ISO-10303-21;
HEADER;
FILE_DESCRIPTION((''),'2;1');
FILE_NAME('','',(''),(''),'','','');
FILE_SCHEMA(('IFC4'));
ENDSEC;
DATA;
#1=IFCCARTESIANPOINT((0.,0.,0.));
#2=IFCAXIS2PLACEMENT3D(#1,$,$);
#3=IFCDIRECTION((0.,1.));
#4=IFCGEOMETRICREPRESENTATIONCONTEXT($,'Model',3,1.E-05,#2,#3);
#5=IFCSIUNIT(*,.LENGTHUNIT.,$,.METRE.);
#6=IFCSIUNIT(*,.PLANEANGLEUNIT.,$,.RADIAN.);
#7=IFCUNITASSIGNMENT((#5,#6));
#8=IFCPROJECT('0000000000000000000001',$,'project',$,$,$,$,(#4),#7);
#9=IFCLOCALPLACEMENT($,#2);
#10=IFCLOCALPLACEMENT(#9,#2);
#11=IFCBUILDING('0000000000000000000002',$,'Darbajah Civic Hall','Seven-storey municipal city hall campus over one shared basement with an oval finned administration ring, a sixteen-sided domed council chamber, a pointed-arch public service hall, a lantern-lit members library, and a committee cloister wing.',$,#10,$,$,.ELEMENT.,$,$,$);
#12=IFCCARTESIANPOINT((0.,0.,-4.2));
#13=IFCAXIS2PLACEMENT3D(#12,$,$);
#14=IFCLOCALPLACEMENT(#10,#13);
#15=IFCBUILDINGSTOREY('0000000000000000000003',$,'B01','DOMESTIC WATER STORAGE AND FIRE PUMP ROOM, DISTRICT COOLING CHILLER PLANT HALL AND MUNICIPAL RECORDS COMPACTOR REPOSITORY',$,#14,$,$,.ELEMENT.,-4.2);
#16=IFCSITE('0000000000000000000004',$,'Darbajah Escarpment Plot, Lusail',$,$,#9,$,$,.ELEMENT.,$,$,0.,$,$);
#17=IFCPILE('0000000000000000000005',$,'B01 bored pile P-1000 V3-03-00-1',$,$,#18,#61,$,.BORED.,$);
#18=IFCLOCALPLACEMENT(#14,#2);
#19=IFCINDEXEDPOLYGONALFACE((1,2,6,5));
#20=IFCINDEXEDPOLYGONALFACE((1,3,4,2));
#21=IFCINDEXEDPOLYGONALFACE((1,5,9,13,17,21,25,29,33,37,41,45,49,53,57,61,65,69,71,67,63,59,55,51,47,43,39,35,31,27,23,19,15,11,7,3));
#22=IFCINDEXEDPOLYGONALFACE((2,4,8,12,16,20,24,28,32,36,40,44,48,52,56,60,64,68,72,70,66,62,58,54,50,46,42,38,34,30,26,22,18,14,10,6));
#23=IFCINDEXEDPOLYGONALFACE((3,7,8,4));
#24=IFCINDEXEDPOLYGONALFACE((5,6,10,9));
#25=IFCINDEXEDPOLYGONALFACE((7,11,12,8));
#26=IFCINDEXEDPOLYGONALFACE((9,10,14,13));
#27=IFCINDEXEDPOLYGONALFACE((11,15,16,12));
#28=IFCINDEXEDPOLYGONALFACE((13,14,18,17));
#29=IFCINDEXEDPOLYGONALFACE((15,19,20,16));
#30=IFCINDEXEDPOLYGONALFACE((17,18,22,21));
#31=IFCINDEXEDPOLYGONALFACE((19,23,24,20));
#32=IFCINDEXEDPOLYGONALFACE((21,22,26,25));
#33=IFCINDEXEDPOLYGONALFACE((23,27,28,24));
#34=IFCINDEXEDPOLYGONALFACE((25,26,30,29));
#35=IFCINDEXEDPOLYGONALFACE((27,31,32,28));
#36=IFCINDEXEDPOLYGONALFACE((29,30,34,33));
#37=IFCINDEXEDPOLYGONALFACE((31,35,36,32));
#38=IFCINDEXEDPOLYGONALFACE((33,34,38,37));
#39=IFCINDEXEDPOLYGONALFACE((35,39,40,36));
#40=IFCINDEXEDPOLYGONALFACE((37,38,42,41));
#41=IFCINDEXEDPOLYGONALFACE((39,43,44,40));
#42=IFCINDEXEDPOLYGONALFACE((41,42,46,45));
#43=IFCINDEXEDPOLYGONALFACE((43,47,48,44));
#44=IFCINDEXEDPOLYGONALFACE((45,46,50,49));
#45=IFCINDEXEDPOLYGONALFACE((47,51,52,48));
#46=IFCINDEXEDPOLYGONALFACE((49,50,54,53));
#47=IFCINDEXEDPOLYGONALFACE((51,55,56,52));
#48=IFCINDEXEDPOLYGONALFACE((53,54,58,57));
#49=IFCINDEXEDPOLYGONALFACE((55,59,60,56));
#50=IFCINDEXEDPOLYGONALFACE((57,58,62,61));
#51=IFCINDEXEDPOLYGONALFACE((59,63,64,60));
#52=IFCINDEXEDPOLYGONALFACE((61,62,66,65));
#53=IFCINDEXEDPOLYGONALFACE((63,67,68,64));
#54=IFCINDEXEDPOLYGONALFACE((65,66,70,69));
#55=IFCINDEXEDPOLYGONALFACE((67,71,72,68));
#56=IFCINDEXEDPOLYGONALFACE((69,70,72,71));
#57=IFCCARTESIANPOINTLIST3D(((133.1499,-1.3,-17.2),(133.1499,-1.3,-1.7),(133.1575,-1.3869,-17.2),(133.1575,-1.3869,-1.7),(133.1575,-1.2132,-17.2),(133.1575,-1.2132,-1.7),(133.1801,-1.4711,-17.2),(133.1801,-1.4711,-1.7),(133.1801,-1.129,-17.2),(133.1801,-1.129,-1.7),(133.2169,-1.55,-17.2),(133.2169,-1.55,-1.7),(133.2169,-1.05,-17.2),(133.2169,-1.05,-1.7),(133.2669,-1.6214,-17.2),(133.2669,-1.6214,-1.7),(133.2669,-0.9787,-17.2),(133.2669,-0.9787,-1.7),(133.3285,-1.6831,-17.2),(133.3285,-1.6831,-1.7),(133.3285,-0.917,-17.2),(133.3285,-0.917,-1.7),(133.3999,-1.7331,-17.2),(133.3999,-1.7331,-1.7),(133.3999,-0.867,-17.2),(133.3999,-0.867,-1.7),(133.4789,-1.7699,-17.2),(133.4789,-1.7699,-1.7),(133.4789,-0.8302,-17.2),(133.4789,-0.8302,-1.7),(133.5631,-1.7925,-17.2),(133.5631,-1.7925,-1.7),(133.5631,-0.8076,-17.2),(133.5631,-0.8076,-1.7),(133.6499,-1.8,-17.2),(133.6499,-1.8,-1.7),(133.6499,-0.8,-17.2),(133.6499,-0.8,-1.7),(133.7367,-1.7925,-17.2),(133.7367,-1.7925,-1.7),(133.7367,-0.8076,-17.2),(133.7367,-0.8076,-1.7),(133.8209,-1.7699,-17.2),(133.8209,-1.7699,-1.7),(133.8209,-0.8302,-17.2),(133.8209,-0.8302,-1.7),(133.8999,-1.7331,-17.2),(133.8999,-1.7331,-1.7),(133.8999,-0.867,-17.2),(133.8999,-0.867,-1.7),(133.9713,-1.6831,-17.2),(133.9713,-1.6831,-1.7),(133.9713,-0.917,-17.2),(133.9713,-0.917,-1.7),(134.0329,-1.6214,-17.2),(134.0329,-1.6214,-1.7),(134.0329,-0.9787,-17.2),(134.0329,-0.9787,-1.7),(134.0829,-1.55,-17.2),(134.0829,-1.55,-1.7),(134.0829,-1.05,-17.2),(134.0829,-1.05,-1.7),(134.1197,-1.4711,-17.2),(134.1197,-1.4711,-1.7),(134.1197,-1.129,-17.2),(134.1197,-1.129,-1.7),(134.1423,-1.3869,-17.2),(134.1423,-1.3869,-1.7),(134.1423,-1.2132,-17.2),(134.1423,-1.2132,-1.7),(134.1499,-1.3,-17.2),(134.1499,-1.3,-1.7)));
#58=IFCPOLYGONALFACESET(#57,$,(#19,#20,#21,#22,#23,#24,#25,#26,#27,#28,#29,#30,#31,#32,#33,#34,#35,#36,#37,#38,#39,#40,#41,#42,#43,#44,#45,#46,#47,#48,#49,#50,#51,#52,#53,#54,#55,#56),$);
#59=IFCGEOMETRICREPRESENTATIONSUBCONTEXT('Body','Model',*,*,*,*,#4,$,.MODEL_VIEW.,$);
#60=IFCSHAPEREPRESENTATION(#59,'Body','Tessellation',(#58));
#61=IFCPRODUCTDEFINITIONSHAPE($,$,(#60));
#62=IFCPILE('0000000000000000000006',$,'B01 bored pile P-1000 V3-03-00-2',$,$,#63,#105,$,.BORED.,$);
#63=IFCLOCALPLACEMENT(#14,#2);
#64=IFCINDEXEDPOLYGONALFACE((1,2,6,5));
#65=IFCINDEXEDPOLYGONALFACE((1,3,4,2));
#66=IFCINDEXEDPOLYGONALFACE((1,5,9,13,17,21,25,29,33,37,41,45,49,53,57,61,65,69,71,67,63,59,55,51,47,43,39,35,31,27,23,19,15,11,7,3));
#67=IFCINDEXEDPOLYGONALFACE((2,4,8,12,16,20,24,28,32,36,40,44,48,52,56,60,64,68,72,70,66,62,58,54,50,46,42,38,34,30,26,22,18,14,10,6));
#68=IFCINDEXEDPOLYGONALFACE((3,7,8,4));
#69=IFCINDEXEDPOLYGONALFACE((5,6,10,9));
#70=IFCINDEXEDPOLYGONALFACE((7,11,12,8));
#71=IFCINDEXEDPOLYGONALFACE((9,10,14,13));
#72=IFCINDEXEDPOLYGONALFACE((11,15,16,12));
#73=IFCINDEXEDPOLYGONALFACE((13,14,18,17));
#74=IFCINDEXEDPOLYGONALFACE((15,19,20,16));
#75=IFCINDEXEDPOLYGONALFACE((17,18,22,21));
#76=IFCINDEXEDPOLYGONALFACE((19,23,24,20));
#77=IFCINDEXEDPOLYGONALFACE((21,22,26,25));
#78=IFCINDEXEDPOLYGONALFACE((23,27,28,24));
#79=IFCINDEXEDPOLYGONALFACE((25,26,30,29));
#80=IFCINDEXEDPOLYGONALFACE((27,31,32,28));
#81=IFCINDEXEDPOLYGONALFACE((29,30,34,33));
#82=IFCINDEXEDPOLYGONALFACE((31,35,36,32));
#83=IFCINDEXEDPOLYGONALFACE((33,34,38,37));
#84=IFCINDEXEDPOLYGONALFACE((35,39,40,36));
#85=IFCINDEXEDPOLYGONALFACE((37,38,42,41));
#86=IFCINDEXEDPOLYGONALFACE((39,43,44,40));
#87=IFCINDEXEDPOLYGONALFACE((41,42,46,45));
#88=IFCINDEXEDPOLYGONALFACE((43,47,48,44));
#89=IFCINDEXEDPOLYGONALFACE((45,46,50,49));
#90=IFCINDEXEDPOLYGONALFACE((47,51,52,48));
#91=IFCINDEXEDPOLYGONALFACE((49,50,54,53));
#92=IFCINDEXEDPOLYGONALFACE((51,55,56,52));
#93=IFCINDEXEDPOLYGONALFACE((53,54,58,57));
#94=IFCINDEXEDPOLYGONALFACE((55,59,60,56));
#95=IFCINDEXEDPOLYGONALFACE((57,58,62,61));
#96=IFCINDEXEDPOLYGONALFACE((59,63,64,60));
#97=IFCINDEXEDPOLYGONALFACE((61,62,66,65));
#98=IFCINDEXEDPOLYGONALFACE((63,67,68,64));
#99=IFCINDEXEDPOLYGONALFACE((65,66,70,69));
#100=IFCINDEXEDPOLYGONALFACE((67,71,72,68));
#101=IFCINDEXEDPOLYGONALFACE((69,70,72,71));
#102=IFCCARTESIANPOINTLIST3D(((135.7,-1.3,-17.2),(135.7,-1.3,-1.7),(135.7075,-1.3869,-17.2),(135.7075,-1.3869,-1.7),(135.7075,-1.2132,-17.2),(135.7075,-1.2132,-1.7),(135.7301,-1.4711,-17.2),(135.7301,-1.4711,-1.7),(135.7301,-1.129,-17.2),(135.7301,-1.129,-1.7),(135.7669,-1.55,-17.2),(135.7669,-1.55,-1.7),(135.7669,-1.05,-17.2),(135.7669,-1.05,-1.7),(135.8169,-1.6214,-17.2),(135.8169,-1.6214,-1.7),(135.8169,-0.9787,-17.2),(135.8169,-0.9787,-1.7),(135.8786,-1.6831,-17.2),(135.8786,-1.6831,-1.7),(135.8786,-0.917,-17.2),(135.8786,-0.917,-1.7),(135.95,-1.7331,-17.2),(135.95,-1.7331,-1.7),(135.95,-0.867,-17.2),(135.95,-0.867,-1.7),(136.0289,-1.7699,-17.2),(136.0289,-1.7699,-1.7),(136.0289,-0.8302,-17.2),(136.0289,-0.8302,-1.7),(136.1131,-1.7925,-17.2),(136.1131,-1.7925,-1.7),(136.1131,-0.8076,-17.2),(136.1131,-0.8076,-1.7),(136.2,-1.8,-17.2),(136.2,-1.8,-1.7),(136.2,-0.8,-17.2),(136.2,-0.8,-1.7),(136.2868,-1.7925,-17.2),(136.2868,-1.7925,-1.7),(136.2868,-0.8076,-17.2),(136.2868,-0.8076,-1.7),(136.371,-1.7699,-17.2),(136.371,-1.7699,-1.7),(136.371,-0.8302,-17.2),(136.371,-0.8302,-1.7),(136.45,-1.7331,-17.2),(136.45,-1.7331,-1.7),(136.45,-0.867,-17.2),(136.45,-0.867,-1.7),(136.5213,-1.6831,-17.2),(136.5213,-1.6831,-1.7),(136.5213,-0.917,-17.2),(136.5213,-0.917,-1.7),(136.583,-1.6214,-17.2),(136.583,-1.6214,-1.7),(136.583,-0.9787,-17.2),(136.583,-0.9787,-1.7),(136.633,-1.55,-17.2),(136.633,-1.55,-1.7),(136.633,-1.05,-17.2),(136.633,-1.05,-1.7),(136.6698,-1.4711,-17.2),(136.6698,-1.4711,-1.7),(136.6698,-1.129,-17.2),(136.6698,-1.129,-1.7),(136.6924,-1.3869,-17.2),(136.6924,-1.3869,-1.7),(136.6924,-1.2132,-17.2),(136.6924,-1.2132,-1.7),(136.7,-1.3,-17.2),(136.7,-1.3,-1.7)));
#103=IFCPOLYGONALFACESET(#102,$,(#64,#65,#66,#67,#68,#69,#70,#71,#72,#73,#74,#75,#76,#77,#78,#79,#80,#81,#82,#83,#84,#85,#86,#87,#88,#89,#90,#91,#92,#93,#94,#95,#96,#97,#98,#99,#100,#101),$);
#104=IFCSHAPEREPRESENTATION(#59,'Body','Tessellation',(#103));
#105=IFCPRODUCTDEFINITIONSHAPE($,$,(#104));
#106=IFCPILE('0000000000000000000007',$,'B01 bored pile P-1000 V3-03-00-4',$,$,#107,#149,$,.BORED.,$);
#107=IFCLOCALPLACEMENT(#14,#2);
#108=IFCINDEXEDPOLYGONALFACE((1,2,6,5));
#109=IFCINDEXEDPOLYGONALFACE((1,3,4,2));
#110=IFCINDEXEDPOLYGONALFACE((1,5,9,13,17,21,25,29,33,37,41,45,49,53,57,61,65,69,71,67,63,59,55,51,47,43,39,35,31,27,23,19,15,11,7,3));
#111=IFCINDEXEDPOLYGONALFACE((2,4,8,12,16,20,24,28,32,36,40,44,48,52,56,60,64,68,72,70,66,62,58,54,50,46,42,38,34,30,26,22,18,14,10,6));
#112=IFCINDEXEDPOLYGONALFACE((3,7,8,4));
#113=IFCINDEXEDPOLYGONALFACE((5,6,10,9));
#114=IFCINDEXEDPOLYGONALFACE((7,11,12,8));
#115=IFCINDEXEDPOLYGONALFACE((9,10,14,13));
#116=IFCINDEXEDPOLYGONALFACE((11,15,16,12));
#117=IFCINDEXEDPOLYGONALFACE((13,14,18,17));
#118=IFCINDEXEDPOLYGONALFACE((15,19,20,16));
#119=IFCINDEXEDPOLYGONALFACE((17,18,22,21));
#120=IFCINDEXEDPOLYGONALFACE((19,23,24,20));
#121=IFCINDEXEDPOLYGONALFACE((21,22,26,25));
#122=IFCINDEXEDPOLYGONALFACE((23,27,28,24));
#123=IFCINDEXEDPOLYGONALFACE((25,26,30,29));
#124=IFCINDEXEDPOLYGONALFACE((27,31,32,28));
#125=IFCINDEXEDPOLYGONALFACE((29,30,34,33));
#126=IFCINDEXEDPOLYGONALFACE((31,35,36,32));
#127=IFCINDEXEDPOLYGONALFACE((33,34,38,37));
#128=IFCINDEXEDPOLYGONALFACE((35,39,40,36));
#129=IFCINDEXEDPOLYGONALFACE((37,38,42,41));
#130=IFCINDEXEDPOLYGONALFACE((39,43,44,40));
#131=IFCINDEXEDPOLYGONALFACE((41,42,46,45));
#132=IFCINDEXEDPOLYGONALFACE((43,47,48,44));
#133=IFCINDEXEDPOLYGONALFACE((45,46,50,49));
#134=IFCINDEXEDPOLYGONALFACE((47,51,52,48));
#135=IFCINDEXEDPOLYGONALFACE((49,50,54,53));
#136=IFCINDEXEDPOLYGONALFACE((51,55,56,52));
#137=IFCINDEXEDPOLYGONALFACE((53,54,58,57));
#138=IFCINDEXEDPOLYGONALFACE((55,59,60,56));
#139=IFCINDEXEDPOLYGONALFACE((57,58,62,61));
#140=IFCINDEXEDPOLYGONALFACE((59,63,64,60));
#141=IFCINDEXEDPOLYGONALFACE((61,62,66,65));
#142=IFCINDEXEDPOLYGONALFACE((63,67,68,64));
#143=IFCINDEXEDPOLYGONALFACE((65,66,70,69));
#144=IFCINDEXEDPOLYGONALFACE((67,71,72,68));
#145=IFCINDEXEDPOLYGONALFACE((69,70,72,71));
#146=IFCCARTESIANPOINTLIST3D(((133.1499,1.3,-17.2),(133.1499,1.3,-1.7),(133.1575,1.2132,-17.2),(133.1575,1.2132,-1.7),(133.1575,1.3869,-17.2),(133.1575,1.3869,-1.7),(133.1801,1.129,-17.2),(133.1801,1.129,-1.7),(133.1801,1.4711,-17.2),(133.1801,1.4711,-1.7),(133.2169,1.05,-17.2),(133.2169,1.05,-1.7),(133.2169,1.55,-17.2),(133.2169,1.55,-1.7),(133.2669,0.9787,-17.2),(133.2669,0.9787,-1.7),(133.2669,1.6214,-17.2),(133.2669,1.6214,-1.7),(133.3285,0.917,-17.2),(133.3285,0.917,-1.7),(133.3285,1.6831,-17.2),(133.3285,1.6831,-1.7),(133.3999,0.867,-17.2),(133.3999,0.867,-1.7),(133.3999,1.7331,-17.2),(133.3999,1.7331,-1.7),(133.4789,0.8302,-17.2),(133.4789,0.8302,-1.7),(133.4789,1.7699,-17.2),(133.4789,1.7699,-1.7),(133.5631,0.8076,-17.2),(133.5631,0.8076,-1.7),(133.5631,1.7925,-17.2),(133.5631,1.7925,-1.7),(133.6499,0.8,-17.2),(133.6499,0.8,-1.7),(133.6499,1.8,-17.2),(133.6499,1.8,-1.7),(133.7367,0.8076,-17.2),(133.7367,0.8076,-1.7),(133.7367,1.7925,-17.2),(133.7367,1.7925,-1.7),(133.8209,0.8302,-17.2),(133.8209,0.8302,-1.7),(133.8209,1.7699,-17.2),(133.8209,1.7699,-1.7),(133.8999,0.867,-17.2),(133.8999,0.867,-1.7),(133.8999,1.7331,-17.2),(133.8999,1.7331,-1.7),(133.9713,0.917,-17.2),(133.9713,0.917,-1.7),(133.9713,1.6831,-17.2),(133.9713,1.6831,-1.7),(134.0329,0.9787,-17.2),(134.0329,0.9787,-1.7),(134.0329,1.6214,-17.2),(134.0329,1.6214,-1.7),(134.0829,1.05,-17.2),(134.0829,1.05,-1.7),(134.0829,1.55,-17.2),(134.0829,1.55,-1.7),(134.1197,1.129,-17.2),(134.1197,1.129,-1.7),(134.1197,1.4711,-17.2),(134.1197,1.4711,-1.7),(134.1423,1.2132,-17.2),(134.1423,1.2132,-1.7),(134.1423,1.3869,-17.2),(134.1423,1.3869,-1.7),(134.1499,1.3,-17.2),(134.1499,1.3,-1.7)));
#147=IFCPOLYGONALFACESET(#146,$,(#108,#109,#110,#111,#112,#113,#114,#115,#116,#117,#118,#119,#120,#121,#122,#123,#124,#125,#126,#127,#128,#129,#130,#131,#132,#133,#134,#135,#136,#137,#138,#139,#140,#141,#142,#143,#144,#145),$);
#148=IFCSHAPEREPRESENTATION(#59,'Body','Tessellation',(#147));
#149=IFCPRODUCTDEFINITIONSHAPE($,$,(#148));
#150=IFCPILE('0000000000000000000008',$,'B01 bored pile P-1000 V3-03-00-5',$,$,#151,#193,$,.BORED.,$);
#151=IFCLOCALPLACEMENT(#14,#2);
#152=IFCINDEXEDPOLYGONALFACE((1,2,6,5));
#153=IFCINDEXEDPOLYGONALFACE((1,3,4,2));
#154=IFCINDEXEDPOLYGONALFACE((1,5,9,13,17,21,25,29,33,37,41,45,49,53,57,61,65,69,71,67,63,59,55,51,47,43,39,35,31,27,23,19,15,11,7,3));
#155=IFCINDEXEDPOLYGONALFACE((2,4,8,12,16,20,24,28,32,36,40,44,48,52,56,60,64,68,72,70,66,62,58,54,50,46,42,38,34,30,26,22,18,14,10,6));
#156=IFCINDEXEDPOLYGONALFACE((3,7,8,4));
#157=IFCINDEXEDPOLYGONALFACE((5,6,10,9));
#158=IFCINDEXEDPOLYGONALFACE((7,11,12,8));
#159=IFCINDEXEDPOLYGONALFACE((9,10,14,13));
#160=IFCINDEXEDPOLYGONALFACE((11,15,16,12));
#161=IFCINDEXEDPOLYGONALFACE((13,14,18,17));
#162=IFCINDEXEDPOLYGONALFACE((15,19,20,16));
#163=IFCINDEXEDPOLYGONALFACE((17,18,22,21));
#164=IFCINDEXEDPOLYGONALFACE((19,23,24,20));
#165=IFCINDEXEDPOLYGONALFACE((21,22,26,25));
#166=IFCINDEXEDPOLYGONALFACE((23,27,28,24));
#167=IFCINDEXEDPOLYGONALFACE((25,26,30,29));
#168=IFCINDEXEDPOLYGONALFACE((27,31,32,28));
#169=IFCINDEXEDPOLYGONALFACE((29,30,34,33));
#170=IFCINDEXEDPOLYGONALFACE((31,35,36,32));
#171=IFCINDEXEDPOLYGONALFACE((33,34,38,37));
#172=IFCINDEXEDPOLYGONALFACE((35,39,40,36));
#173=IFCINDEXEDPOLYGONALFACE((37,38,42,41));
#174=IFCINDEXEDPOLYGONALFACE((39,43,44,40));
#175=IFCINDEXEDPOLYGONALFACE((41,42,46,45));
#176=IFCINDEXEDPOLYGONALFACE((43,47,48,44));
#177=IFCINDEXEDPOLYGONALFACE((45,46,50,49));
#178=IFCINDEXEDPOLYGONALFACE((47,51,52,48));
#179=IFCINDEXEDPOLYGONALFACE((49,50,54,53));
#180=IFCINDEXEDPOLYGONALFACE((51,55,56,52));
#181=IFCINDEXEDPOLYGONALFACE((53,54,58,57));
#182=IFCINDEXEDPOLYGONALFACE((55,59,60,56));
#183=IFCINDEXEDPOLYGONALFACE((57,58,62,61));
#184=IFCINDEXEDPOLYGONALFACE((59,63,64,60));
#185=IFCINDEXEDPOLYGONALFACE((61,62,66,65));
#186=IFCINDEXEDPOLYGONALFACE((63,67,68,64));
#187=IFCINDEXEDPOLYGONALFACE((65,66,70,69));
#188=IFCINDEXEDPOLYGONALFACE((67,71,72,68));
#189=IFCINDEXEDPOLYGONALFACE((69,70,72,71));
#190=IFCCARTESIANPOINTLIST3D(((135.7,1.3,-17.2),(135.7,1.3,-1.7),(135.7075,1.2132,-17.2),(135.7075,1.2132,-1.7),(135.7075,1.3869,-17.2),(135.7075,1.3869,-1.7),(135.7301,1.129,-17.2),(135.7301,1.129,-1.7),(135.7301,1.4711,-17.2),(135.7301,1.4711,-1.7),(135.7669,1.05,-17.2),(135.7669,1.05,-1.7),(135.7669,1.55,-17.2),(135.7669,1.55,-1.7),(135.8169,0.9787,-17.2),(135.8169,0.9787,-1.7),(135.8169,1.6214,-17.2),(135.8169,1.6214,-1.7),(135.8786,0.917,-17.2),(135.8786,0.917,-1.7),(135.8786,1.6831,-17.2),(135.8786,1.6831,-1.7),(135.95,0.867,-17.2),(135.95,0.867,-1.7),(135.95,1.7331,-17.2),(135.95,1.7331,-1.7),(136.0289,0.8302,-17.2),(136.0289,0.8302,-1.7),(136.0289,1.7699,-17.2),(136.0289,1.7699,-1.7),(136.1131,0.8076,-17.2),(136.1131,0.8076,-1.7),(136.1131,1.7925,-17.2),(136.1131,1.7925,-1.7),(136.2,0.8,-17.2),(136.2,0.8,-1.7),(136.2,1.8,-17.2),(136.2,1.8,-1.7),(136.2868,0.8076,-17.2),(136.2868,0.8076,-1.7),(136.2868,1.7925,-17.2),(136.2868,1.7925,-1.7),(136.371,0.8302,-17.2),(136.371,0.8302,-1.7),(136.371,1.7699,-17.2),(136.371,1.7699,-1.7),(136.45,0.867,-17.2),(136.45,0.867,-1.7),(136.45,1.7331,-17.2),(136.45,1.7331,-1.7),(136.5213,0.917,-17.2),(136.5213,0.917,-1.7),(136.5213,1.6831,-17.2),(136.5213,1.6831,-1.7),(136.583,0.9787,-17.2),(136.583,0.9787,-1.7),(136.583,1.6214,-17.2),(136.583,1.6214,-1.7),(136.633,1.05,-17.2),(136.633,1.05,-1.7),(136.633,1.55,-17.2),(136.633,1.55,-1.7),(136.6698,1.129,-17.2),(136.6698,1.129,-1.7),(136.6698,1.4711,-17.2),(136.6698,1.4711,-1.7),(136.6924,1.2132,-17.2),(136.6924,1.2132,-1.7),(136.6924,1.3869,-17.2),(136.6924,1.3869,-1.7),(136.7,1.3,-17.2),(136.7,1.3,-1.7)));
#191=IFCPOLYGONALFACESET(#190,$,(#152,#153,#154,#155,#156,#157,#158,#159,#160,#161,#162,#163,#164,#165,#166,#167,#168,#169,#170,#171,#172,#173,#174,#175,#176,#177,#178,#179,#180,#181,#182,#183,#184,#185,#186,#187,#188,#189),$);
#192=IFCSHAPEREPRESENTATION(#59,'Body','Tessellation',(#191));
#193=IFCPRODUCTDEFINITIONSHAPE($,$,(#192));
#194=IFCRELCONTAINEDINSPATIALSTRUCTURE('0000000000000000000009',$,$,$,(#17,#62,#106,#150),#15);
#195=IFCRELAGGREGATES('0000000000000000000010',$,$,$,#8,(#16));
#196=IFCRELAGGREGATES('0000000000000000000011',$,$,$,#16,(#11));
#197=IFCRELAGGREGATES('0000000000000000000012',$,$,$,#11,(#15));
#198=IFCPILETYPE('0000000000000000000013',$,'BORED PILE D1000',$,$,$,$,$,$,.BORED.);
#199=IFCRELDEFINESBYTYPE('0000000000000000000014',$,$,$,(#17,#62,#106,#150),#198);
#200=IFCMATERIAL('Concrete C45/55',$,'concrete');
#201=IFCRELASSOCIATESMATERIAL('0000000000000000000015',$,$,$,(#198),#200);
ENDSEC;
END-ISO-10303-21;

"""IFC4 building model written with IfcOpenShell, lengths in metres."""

from ifc_helpers import new_model, si_unit, direction, frame, origin, origin_2d, place, context, subcontext, project, spatial, circle, extrude, material, material_profile, profile_set, type_object, element, save


model = new_model("IFC4")

# Units and contexts
model_context = context("Model", 3, precision=1e-05, world=origin(), true_north=direction((0.0, 1.0)))
body_context = subcontext(model_context, "Body", "Model", "MODEL_VIEW")
ifc_project = project(units=[si_unit("LENGTHUNIT", "METRE"), si_unit("PLANEANGLEUNIT", "RADIAN")], contexts=[model_context])

# Site, building, storey
site_placement = place(None, origin())
site = spatial("IfcSite", under=ifc_project, at=site_placement, Name="Darbajah Escarpment Plot, Lusail", CompositionType="ELEMENT", RefElevation=0.0)
building_placement = place(site_placement, origin())
building = spatial("IfcBuilding", under=site, at=building_placement, Name="Darbajah Civic Hall", Description="Seven-storey municipal city hall campus over one shared basement with an oval finned administration ring, a sixteen-sided domed council chamber, a pointed-arch public service hall, a lantern-lit members library, and a committee cloister wing.", CompositionType="ELEMENT")
storey_placement = place(building_placement, frame((0.0, 0.0, -4.2)))
storey = spatial("IfcBuildingStorey", under=building, at=storey_placement, Name="B01", Description="DOMESTIC WATER STORAGE AND FIRE PUMP ROOM, DISTRICT COOLING CHILLER PLANT HALL AND MUNICIPAL RECORDS COMPACTOR REPOSITORY", CompositionType="ELEMENT", Elevation=-4.2)

# Piles
ifc_material_1 = material(Name="Concrete C45/55", Category="concrete")
ifc_material_profile_1 = material_profile(ifc_material_1, circle(Radius=0.5, at=origin_2d()), Name="BORED PILE D1000")
ifc_profile_set_1 = profile_set([ifc_material_profile_1], Name="Concrete C45/55")
pile_type_1 = type_object("IfcPileType", Name="BORED PILE D1000", PredefinedType="BORED", material=ifc_profile_set_1)
for number, where, z_axis, x_axis, name in (
    (1, (133.6499, -1.3, -1.7), (0.0, 0.0, -1.0), (1.0, 0.0, 0.0), "B01 bored pile P-1000 V3-03-00-1"),
    (2, (136.2, -1.3, -1.7), (0.0, 0.0, -1.0), (1.0, 0.0, 0.0), "B01 bored pile P-1000 V3-03-00-2"),
    (3, (133.6499, 1.3, -1.7), (0.0, 0.0, -1.0), (1.0, 0.0, 0.0), "B01 bored pile P-1000 V3-03-00-4"),
    (4, (136.2, 1.3, -1.7), (0.0, 0.0, -1.0), (1.0, 0.0, 0.0), "B01 bored pile P-1000 V3-03-00-5"),
):
    element("IfcPile", number, at=place(storey_placement, frame(where, z_axis=z_axis, x_axis=x_axis)), inside=storey, type_object=pile_type_1, Name=name, PredefinedType="BORED", context=body_context, shape_type="SweptSolid", body=[
        extrude(circle(Radius=0.5, at=origin_2d()), origin(), (0.0, 0.0, 1.0), 15.5),
    ])

save(model, "model.ifc")
